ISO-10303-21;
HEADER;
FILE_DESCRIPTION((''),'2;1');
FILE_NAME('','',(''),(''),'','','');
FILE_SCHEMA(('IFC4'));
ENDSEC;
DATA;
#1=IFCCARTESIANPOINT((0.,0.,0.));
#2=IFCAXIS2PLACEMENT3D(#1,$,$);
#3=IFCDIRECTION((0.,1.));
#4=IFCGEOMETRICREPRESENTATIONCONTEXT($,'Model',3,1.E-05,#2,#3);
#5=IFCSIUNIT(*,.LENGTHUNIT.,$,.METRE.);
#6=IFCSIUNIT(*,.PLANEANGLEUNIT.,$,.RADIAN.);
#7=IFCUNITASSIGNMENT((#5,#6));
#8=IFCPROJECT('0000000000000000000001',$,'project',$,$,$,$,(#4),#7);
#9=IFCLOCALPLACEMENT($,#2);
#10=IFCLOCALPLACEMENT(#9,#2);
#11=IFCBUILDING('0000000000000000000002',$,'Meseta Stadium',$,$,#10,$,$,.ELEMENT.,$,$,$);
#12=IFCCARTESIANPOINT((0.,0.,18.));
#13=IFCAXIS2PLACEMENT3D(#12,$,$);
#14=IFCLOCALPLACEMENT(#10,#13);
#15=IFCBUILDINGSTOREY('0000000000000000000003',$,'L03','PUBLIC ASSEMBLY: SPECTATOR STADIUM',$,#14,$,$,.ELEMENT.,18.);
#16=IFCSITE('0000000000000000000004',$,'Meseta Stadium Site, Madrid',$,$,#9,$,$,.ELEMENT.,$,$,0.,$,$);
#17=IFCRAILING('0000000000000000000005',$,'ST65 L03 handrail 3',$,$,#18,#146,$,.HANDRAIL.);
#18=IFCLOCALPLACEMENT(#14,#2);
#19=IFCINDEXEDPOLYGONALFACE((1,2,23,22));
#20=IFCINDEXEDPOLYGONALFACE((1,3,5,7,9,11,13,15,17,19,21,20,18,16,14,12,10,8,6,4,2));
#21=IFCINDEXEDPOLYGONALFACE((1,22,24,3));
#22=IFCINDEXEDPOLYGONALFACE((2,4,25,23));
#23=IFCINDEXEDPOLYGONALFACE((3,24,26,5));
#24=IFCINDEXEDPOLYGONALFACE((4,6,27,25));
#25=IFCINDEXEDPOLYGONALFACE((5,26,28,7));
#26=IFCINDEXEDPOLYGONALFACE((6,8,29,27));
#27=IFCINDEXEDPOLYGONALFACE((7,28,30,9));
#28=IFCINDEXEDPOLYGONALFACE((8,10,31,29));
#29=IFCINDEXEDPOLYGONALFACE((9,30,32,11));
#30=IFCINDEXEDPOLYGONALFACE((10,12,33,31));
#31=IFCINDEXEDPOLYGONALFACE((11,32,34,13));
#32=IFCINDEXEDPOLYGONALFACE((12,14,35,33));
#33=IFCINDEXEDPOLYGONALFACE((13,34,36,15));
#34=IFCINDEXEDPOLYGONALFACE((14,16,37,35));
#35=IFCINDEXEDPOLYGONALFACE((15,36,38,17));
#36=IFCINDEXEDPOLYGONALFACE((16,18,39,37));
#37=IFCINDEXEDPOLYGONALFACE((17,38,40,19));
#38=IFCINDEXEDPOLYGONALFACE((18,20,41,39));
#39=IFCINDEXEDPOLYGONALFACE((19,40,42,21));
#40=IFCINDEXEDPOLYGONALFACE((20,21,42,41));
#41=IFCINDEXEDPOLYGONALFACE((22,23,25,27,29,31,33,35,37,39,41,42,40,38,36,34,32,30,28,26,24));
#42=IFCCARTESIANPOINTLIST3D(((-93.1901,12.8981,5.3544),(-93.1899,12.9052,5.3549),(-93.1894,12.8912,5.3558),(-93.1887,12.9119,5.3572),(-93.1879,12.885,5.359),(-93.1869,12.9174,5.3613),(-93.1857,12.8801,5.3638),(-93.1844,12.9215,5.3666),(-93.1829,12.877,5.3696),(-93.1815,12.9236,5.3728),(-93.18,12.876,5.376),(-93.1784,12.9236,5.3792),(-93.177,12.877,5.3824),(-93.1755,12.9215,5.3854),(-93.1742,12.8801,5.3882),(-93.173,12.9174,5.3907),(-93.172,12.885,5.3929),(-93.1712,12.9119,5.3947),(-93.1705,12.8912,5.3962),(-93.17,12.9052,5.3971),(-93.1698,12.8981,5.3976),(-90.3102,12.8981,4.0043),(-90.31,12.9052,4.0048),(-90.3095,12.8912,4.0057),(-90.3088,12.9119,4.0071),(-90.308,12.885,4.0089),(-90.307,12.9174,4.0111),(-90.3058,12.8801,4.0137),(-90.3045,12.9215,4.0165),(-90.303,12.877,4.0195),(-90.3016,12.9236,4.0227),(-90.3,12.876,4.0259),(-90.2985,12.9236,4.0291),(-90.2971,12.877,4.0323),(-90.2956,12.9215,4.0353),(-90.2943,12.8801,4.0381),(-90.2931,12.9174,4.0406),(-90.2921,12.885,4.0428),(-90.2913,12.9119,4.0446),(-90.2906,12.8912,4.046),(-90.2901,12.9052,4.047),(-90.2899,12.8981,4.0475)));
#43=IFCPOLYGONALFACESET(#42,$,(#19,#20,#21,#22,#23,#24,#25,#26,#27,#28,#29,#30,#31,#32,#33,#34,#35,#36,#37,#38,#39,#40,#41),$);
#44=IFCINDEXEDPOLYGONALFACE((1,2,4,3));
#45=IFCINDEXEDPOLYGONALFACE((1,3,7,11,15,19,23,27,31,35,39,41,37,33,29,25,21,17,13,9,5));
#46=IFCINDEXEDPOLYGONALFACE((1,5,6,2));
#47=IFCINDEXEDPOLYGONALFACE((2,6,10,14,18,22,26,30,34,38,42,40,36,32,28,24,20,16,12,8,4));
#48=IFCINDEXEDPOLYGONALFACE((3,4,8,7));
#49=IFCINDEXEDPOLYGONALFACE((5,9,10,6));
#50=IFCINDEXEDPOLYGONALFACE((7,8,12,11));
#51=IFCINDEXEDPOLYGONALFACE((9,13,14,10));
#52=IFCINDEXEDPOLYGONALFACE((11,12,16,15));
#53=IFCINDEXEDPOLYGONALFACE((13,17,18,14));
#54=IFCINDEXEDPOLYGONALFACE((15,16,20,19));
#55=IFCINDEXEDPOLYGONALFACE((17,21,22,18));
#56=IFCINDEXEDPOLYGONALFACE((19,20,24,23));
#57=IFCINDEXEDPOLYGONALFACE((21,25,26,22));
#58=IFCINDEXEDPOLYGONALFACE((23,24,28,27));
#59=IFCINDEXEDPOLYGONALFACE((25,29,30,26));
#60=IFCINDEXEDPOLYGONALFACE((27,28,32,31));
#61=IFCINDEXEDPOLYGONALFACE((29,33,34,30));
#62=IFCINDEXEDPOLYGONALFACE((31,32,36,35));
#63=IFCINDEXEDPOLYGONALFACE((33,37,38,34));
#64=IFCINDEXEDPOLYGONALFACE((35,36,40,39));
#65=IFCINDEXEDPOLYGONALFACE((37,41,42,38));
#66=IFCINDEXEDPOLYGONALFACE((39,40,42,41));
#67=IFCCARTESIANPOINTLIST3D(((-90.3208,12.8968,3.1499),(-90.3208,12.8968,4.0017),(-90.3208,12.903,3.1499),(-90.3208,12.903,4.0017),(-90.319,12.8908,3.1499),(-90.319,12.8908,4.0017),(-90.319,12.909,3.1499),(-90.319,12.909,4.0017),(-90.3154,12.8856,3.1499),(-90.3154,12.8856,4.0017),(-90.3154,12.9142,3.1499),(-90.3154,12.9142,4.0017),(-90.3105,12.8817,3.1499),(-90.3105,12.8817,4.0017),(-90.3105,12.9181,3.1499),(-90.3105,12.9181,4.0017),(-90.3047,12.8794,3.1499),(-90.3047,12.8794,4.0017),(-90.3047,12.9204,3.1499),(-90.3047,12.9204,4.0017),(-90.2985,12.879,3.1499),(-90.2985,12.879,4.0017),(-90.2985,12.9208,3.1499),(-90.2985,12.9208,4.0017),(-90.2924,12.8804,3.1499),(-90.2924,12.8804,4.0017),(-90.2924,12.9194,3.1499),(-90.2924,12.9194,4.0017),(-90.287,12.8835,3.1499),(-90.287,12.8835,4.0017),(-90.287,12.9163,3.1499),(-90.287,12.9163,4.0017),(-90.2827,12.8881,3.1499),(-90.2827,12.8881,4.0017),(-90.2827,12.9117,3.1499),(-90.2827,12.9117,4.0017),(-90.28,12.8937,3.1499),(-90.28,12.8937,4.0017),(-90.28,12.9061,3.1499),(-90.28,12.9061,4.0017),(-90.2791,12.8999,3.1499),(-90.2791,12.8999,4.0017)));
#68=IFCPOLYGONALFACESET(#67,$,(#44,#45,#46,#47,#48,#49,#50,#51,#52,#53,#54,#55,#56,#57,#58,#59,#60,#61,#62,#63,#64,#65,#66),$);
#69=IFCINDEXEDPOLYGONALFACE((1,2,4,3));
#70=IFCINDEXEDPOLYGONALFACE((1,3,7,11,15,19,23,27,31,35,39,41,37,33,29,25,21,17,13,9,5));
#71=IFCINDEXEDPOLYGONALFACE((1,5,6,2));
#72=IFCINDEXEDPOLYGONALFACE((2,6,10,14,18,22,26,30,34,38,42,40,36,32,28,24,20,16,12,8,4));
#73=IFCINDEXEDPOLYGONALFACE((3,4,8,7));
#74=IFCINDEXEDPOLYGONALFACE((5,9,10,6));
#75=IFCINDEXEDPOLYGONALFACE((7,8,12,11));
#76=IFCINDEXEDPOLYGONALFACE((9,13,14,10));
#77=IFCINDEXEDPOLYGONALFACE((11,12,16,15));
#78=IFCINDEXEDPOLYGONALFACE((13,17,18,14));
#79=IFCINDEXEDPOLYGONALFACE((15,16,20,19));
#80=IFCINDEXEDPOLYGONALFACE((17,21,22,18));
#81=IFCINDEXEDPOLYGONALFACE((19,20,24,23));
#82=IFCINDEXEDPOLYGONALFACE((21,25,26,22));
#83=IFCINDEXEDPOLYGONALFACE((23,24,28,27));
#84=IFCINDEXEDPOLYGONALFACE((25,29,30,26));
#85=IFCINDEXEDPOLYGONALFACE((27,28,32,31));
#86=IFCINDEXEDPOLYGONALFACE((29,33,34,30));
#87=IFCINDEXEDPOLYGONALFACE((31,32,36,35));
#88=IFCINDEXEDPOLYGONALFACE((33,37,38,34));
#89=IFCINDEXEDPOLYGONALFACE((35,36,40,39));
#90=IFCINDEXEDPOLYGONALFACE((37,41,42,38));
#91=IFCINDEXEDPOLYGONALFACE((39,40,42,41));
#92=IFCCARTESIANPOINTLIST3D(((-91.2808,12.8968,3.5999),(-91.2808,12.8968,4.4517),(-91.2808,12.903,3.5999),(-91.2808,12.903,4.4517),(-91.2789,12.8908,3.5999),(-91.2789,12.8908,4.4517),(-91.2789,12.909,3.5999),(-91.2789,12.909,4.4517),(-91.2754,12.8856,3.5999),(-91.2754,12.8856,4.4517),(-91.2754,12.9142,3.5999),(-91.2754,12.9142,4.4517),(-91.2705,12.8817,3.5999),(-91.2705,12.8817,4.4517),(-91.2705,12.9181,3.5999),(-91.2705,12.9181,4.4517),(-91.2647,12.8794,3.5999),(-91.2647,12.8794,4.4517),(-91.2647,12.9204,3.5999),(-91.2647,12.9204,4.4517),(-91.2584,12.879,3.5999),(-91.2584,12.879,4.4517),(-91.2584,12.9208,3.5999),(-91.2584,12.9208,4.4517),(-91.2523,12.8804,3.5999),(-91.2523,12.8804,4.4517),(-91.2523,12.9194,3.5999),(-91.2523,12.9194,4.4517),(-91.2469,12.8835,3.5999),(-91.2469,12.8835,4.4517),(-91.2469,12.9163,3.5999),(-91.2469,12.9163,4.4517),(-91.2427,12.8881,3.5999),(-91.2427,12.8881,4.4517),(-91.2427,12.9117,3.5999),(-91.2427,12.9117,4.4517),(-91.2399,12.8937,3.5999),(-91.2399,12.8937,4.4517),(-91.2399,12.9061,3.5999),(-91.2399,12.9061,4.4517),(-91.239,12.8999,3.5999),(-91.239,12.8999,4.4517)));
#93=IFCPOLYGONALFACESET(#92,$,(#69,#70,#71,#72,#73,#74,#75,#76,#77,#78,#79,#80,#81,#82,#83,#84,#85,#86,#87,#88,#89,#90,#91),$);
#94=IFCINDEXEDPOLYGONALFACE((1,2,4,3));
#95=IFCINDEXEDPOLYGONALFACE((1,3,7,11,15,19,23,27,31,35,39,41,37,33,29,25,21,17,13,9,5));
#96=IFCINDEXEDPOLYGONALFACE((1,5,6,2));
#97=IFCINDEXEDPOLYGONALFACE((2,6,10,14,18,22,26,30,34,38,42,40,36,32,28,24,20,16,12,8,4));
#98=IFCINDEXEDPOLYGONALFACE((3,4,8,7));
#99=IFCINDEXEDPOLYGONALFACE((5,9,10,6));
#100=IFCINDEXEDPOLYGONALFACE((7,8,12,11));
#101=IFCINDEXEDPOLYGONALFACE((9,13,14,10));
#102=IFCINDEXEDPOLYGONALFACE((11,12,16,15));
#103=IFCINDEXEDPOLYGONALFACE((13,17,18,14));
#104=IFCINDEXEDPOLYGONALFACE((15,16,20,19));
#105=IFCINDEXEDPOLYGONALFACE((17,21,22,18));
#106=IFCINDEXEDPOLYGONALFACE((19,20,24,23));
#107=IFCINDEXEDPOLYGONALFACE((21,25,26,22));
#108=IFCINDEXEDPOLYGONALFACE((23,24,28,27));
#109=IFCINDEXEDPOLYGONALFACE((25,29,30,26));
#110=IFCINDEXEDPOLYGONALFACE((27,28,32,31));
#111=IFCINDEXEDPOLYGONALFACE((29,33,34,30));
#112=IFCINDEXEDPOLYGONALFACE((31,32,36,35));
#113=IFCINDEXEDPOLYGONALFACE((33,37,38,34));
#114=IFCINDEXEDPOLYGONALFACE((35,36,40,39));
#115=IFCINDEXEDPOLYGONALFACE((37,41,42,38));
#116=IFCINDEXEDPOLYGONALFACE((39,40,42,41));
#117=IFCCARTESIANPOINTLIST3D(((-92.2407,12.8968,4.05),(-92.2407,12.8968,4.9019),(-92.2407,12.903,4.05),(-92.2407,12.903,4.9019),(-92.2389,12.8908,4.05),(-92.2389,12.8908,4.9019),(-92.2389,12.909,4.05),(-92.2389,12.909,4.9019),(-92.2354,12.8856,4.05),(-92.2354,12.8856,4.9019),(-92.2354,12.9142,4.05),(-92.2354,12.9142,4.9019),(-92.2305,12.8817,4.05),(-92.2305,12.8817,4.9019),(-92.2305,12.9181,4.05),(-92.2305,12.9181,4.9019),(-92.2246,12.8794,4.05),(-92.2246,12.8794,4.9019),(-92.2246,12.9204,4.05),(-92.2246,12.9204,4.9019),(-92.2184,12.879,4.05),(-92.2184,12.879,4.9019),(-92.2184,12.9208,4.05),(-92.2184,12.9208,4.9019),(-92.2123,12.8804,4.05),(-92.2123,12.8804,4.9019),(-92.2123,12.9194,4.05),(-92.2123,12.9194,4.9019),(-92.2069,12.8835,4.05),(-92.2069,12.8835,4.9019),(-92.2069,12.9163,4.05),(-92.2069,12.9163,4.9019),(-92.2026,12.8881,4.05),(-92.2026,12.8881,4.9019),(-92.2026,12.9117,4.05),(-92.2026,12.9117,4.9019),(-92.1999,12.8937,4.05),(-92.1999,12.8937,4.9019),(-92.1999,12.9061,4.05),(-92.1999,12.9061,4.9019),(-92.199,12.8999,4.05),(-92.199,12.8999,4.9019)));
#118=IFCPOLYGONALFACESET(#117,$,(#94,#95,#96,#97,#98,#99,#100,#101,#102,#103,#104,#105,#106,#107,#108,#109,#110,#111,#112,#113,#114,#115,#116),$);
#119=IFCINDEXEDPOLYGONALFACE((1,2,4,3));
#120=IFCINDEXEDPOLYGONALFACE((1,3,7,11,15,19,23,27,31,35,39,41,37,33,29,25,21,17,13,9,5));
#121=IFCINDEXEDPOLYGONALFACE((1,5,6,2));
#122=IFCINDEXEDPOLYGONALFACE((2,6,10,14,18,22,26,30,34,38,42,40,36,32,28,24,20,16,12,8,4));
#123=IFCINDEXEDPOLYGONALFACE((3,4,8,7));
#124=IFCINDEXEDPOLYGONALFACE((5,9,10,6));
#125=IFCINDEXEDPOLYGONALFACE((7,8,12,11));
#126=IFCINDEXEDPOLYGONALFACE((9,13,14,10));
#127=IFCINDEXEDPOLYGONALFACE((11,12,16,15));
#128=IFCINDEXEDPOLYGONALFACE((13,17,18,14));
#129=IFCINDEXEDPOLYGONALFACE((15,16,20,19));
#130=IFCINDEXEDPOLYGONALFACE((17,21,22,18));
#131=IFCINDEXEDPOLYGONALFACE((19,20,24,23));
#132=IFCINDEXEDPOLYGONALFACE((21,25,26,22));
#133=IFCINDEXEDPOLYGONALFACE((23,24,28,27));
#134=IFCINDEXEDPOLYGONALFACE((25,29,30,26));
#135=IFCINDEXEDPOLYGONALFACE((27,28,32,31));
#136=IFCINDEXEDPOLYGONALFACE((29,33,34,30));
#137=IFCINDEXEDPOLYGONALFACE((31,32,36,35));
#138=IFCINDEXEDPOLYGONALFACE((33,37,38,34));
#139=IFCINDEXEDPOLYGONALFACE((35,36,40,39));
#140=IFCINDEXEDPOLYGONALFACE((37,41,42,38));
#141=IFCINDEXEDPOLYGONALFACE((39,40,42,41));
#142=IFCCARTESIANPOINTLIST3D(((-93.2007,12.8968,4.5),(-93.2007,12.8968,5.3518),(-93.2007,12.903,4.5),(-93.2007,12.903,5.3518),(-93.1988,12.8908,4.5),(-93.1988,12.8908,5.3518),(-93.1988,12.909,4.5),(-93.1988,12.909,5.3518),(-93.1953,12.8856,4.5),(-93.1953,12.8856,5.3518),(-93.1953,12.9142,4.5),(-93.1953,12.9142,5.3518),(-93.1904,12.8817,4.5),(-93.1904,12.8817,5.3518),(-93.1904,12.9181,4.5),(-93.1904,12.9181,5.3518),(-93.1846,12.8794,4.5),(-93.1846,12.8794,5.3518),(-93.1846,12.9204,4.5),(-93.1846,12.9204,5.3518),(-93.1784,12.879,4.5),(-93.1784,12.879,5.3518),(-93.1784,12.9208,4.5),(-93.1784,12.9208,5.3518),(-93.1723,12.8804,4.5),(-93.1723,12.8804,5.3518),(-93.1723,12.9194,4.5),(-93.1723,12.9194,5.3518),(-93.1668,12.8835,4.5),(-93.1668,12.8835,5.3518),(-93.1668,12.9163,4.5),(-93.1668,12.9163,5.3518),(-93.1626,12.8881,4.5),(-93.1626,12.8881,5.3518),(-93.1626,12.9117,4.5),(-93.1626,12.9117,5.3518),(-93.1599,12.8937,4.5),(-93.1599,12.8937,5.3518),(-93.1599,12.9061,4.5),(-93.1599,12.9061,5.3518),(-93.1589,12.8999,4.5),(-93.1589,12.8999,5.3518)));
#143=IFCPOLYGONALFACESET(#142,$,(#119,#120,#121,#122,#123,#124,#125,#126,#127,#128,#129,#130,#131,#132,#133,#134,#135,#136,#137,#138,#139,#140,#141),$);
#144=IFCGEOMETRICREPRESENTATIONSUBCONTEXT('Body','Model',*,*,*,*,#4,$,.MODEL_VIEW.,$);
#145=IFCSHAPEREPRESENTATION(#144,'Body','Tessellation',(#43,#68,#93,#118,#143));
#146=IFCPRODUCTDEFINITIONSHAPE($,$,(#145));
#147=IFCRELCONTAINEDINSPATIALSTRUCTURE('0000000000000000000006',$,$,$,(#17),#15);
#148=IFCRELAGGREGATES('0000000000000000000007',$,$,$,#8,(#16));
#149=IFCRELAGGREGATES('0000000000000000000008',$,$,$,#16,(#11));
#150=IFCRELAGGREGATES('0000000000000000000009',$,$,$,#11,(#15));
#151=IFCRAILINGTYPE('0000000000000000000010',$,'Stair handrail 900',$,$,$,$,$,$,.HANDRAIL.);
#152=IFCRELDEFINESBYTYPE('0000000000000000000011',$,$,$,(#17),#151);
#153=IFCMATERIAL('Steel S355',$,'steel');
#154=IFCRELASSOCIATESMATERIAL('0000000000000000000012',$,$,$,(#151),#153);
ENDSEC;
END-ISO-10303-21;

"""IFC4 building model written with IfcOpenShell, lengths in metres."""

from ifc_helpers import new_model, si_unit, direction, frame, origin, origin_2d, place, context, subcontext, project, spatial, circle, extrude, material, type_object, element, save


model = new_model("IFC4")

# Units and contexts
model_context = context("Model", 3, precision=1e-05, world=origin(), true_north=direction((0.0, 1.0)))
body_context = subcontext(model_context, "Body", "Model", "MODEL_VIEW")
ifc_project = project(units=[si_unit("LENGTHUNIT", "METRE"), si_unit("PLANEANGLEUNIT", "RADIAN")], contexts=[model_context])

# Site, building, storey
site_placement = place(None, origin())
site = spatial("IfcSite", under=ifc_project, at=site_placement, Name="Meseta Stadium Site, Madrid", CompositionType="ELEMENT", RefElevation=0.0)
building_placement = place(site_placement, origin())
building = spatial("IfcBuilding", under=site, at=building_placement, Name="Meseta Stadium", CompositionType="ELEMENT")
storey_placement = place(building_placement, frame((0.0, 0.0, 18.0)))
storey = spatial("IfcBuildingStorey", under=building, at=storey_placement, Name="L03", Description="PUBLIC ASSEMBLY: SPECTATOR STADIUM", CompositionType="ELEMENT", Elevation=18.0)

# Railing
ifc_material_1 = material(Name="Steel S355", Category="steel")
railing_type_1 = type_object("IfcRailingType", Name="Stair handrail 900", PredefinedType="HANDRAIL", material=ifc_material_1)
for number, where, name in (
    (1, (-90.3, 12.8999, 3.1499), "ST65 L03 handrail 3"),
):
    element("IfcRailing", number, at=place(storey_placement, frame(where)), inside=storey, type_object=railing_type_1, Name=name, PredefinedType="HANDRAIL", context=body_context, shape_type="SweptSolid", body=[
        extrude(circle(Radius=0.0239, at=origin_2d()), frame((0.0, 0.0, 0.876), z_axis=(-0.90544, 0.0, 0.424473), x_axis=(0.0, -1.0, 0.0)), (0.0, 0.0, 1.0), 3.1807),
        extrude(circle(Radius=0.021, at=origin_2d()), origin(), (0.0, 0.0, 1.0), 0.8518),
        extrude(circle(Radius=0.021, at=origin_2d()), frame((-0.96, 0.0, 0.45)), (0.0, 0.0, 1.0), 0.8518),
        extrude(circle(Radius=0.021, at=origin_2d()), frame((-1.9199, 0.0, 0.9001)), (0.0, 0.0, 1.0), 0.8518),
        extrude(circle(Radius=0.021, at=origin_2d()), frame((-2.8799, 0.0, 1.3501)), (0.0, 0.0, 1.0), 0.8518),
    ])

save(model, "model.ifc")
